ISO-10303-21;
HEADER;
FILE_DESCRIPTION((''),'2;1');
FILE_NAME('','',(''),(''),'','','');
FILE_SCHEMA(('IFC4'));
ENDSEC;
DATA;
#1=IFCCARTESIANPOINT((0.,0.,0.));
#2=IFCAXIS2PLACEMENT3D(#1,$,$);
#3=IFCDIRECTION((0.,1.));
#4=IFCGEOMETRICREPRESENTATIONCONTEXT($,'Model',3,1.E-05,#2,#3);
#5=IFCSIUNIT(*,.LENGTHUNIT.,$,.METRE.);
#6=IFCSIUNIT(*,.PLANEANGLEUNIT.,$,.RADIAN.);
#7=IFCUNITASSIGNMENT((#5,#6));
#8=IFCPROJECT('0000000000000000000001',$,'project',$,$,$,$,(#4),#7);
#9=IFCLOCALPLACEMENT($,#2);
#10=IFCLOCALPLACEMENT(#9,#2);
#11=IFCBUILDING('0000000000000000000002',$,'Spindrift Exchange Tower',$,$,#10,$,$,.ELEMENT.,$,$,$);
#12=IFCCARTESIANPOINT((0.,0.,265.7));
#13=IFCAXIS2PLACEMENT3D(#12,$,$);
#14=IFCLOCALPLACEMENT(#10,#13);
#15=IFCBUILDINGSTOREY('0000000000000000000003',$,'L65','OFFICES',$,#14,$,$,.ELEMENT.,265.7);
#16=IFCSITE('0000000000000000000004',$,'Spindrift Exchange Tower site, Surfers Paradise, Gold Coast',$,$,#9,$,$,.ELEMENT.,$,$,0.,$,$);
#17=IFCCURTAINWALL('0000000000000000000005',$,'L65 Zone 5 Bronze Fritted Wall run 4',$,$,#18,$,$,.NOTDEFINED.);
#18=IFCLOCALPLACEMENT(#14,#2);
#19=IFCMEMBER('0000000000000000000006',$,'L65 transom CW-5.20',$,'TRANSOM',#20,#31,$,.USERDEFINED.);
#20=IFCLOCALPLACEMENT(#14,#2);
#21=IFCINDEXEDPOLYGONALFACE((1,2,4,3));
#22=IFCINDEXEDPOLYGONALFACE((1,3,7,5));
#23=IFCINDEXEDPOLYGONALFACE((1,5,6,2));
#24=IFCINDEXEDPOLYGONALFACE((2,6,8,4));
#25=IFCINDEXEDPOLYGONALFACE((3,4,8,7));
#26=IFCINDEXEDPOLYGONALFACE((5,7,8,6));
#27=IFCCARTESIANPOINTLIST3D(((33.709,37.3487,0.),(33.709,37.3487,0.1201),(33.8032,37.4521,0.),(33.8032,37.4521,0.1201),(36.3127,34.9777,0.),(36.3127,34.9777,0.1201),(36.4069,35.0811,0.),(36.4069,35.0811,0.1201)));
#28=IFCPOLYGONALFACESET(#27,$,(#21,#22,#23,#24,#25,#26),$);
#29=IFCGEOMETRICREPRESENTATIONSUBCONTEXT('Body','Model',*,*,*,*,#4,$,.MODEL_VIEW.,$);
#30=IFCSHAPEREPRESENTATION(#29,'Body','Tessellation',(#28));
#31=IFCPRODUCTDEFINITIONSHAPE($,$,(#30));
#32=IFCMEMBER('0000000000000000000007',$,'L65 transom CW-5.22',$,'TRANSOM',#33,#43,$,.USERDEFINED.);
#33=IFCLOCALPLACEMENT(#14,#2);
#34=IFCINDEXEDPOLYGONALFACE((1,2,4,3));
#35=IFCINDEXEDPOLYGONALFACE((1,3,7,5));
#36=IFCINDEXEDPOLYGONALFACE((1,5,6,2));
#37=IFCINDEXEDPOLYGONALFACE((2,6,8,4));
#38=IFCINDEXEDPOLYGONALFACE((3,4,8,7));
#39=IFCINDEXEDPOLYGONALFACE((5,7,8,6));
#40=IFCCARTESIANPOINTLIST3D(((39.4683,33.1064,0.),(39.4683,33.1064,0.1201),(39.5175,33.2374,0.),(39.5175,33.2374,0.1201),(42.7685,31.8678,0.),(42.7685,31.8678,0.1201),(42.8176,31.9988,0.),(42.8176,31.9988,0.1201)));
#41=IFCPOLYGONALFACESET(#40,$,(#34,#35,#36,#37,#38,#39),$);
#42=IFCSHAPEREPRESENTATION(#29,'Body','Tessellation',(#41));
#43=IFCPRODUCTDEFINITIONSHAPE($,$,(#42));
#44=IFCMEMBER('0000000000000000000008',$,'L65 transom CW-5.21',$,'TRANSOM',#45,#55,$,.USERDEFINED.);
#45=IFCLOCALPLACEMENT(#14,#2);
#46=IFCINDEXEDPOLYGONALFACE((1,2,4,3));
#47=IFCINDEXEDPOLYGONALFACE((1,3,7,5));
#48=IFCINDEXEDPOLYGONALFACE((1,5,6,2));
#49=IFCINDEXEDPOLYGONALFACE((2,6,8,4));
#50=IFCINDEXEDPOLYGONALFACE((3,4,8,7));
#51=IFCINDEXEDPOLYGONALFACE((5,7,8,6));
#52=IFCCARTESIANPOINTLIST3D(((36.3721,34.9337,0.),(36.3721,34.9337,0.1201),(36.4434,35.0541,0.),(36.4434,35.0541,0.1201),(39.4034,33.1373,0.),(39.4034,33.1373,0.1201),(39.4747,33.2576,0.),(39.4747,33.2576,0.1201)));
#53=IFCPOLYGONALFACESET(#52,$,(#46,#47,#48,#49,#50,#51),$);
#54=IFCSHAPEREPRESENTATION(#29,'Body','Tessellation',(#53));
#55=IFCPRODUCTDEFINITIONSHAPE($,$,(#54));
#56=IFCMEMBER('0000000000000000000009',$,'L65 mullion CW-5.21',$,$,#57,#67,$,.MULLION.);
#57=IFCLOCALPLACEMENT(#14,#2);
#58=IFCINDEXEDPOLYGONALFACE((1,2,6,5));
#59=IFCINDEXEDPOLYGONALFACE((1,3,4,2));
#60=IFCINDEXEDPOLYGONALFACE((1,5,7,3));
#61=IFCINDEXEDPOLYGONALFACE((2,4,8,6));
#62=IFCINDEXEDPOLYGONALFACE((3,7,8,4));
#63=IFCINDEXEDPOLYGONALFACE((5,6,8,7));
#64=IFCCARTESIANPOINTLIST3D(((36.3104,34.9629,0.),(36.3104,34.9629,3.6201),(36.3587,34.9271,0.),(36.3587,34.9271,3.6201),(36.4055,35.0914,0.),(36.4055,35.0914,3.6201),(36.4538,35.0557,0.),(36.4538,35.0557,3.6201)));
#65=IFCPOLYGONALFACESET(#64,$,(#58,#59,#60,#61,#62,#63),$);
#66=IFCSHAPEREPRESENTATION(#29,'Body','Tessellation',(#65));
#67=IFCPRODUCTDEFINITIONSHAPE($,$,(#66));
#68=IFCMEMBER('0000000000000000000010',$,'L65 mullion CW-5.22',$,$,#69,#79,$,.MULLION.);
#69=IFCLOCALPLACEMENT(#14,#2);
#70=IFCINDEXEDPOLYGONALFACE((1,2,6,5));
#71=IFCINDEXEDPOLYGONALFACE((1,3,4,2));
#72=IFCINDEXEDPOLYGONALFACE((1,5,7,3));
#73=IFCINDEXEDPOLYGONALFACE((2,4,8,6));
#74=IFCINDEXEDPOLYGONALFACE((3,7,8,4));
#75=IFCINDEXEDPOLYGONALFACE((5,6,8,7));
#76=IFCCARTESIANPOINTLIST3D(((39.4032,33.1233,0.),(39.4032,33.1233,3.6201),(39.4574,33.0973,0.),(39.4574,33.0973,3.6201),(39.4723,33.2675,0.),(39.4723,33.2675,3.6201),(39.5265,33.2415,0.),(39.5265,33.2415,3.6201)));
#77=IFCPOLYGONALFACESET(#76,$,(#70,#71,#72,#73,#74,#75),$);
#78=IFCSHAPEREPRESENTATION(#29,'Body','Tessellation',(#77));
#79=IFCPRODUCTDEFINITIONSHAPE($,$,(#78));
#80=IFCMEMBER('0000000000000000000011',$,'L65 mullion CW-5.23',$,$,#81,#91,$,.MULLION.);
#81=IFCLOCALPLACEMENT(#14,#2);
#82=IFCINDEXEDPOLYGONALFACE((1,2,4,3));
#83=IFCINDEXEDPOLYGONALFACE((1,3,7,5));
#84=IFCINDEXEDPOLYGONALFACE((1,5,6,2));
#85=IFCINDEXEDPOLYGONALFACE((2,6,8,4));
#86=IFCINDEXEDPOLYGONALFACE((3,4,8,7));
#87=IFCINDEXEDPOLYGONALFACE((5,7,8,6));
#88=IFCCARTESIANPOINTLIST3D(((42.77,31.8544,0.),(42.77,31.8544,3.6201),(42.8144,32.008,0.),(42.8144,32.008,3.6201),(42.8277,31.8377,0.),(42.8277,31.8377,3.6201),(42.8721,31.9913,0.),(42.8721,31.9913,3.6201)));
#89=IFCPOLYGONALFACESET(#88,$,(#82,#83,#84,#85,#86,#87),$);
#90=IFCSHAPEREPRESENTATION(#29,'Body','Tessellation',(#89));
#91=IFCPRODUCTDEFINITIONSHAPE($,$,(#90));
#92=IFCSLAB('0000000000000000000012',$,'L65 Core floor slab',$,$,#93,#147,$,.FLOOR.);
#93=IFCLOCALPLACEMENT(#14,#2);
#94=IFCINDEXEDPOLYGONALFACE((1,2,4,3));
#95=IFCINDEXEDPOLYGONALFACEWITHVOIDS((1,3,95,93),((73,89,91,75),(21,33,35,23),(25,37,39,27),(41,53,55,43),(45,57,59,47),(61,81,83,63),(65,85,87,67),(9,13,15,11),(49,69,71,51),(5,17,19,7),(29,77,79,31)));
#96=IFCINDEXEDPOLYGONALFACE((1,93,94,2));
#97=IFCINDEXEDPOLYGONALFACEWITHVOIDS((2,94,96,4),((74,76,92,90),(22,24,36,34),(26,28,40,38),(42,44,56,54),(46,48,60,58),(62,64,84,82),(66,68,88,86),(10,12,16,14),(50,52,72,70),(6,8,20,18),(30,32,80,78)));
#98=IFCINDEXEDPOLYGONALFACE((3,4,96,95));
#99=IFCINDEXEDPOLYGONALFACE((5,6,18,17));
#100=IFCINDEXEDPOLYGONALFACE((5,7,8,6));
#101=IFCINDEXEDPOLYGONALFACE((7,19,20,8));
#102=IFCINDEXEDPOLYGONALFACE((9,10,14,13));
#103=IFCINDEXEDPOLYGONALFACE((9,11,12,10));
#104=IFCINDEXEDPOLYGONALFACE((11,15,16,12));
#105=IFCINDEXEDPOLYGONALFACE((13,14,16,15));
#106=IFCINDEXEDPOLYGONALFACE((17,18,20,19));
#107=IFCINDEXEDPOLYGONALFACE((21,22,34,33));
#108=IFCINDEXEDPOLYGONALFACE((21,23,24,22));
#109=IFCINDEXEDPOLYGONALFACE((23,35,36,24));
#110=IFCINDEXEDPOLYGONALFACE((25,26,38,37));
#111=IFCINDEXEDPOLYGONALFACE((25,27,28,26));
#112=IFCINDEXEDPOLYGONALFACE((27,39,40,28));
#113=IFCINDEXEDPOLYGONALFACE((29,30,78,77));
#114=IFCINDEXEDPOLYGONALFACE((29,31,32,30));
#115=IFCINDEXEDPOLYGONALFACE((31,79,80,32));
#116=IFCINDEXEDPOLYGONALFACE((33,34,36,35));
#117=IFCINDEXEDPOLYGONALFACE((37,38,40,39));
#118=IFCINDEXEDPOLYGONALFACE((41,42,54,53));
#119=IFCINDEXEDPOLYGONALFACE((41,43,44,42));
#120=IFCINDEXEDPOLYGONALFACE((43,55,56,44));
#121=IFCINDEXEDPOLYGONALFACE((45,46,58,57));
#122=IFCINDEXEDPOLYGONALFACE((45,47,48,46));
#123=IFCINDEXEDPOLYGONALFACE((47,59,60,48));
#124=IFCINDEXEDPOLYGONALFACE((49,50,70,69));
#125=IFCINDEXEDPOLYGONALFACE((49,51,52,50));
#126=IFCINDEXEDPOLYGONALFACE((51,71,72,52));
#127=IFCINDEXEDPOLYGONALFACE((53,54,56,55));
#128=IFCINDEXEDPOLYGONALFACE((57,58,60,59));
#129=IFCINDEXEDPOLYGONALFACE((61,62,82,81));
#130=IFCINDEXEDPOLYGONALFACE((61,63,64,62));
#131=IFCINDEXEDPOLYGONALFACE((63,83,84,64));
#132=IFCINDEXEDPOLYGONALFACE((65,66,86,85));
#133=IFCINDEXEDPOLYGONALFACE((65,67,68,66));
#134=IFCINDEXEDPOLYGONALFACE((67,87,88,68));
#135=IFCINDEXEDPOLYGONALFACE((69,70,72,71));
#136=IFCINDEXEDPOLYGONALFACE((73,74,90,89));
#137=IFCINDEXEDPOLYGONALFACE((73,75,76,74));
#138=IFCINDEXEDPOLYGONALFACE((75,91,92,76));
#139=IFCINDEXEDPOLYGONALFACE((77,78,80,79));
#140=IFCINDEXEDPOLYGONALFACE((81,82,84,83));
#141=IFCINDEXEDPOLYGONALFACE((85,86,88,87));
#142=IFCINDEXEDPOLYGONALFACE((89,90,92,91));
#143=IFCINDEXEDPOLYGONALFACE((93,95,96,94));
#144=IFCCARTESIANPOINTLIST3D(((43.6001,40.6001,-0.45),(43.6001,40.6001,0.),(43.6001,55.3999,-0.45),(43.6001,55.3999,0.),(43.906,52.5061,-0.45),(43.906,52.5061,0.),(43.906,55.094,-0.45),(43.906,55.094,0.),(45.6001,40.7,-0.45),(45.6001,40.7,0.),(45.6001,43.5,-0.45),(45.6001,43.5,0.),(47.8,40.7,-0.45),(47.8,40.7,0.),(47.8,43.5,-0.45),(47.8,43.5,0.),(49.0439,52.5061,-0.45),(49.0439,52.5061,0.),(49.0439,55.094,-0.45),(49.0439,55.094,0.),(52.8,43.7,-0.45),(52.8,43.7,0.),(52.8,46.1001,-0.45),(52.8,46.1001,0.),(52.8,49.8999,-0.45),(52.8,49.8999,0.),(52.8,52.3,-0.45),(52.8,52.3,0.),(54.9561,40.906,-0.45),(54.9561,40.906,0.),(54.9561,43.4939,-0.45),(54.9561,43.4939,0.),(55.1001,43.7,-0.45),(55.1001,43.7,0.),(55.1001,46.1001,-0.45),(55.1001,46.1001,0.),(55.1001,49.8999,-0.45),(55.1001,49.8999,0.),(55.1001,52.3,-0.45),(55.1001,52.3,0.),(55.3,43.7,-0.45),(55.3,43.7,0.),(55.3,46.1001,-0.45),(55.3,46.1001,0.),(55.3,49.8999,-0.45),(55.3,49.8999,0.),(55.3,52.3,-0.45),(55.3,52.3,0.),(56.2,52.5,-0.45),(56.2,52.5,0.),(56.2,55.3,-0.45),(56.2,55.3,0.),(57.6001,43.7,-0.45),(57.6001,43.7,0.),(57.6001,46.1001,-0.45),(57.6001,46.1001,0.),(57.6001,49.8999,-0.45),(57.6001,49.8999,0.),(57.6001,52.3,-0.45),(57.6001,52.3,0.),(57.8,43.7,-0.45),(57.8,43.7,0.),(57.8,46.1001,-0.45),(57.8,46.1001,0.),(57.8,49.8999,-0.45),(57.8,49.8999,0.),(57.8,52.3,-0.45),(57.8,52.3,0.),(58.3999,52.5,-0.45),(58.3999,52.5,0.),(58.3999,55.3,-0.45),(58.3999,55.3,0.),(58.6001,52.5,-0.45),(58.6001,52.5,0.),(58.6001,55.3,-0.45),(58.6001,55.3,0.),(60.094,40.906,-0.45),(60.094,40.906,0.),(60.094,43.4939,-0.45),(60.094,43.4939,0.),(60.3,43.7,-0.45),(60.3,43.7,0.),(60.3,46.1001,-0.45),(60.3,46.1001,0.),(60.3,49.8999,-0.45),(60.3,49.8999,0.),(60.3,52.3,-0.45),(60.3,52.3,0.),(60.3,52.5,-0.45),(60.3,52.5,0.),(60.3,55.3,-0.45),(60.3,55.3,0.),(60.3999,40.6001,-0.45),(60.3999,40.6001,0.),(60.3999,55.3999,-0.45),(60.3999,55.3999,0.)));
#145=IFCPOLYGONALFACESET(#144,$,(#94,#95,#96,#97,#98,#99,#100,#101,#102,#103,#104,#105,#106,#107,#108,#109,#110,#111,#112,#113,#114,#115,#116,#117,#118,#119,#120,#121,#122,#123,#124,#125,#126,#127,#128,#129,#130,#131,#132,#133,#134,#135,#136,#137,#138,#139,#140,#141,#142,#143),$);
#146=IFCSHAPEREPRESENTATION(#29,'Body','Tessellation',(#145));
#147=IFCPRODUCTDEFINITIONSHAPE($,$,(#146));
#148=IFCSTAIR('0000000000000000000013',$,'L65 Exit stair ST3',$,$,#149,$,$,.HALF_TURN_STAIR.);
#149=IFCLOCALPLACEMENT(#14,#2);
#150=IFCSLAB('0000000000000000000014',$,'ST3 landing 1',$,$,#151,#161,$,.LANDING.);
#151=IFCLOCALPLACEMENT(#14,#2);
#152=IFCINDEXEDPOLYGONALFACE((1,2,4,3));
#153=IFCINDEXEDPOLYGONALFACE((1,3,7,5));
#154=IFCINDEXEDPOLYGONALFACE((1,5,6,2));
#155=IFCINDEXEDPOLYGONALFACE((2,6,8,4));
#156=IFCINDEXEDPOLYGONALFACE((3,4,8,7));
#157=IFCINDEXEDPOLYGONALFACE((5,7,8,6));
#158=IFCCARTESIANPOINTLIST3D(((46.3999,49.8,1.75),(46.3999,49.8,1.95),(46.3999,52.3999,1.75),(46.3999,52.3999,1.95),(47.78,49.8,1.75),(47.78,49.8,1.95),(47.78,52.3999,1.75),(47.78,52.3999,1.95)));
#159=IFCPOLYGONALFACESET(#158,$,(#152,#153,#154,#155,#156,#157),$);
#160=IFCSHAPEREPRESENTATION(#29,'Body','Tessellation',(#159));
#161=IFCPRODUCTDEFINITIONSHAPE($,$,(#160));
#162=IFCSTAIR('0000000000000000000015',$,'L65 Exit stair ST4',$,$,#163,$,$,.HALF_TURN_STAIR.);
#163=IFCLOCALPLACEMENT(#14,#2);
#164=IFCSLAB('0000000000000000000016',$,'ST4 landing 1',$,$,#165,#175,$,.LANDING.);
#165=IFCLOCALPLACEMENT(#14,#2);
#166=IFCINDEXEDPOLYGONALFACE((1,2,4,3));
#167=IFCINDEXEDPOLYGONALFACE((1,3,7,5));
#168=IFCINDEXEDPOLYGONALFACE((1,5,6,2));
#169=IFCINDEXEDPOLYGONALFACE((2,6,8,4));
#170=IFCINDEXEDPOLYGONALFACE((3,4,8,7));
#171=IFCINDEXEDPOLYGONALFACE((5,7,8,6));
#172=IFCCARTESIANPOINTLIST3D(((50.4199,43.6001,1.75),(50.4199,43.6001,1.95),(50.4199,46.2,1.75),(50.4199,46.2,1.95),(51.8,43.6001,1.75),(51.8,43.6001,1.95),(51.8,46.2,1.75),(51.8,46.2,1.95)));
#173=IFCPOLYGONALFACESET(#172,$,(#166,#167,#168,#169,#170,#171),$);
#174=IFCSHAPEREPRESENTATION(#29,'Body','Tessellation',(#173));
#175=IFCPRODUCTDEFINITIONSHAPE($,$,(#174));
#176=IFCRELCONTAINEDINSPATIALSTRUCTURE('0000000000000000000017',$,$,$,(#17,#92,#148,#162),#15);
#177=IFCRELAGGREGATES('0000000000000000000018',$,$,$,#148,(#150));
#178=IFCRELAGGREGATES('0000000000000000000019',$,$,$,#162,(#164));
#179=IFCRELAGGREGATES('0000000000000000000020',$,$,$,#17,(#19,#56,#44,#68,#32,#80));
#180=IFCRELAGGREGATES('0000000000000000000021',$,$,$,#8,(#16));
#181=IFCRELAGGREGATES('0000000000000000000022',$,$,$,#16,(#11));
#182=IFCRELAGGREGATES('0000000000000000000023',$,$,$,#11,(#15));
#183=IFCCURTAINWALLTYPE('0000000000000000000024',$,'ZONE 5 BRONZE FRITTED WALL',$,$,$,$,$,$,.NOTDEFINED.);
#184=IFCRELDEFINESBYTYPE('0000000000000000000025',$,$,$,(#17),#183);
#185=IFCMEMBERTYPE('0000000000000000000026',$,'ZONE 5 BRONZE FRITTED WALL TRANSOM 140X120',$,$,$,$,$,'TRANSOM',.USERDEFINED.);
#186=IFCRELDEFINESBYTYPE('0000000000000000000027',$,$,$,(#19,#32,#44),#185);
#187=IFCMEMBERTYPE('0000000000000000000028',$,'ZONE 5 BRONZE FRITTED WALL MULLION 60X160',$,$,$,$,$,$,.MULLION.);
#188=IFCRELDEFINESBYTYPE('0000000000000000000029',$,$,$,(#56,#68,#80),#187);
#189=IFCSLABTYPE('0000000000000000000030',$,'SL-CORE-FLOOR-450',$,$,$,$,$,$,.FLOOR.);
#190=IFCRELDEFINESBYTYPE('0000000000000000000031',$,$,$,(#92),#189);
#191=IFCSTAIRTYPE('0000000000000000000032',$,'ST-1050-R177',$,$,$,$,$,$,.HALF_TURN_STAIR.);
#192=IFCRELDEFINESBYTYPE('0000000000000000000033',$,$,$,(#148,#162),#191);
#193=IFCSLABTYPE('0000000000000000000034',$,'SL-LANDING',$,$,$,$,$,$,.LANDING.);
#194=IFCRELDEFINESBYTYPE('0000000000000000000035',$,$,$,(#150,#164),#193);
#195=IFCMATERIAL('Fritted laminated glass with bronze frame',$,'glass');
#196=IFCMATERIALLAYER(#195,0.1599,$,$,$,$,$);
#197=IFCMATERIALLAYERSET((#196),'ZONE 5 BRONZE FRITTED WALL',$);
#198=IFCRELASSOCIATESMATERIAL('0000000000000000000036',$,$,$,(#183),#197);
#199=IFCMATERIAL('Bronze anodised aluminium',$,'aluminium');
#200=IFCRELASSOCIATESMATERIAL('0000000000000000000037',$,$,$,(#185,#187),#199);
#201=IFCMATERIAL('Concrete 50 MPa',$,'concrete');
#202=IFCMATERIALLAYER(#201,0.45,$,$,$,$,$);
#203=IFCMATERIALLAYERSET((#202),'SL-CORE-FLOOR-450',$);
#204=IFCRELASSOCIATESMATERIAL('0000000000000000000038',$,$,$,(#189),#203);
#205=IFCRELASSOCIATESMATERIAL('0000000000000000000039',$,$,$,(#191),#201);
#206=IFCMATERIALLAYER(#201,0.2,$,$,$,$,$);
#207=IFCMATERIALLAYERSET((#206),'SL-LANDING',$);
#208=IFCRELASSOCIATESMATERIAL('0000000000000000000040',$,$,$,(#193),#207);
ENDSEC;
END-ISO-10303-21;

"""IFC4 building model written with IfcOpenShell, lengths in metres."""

from ifc_helpers import new_model, si_unit, direction, frame, origin, origin_2d, place, context, subcontext, project, spatial, line, indexed_curve, rectangle, outline, extrude, source, transform, mapped, material, layer, layer_set, material_profile, profile_set, type_object, element, aggregate, save


model = new_model("IFC4")

# Units and contexts
model_context = context("Model", 3, precision=1e-05, world=origin(), true_north=direction((0.0, 1.0)))
body_context = subcontext(model_context, "Body", "Model", "MODEL_VIEW")
ifc_project = project(units=[si_unit("LENGTHUNIT", "METRE"), si_unit("PLANEANGLEUNIT", "RADIAN")], contexts=[model_context])

# Site, building, storey
site_placement = place(None, origin())
site = spatial("IfcSite", under=ifc_project, at=site_placement, Name="Spindrift Exchange Tower site, Surfers Paradise, Gold Coast", CompositionType="ELEMENT", RefElevation=0.0)
building_placement = place(site_placement, origin())
building = spatial("IfcBuilding", under=site, at=building_placement, Name="Spindrift Exchange Tower", CompositionType="ELEMENT")
storey_placement = place(building_placement, frame((0.0, 0.0, 265.7)))
storey = spatial("IfcBuildingStorey", under=building, at=storey_placement, Name="L65", Description="OFFICES", CompositionType="ELEMENT", Elevation=265.7)

# Curtain wall, members
ifc_material_1 = material(Name="Fritted laminated glass with bronze frame", Category="glass")
ifc_layer_1 = layer(ifc_material_1, 0.1599)
ifc_layer_set_1 = layer_set([ifc_layer_1], Name="ZONE 5 BRONZE FRITTED WALL")
curtain_wall_type = type_object("IfcCurtainWallType", Name="ZONE 5 BRONZE FRITTED WALL", PredefinedType="NOTDEFINED", material=ifc_layer_set_1)
curtain_wall_placement = place(storey_placement, origin())
curtain_wall = element("IfcCurtainWall", 1, at=curtain_wall_placement, inside=storey, type_object=curtain_wall_type, Name="L65 Zone 5 Bronze Fritted Wall run 4", PredefinedType="NOTDEFINED")
ifc_material_2 = material(Name="Bronze anodised aluminium", Category="aluminium")
ifc_material_profile_1 = material_profile(ifc_material_2, rectangle(XDim=0.1399, YDim=0.1201, at=origin_2d()), Name="ZONE 5 BRONZE FRITTED WALL TRANSOM 140X120")
ifc_profile_set_1 = profile_set([ifc_material_profile_1], Name="Bronze anodised aluminium")
member_type_1 = type_object("IfcMemberType", Name="ZONE 5 BRONZE FRITTED WALL TRANSOM 140X120", ElementType="TRANSOM", PredefinedType="USERDEFINED", material=ifc_profile_set_1)
shared_shape_1 = source(origin(), body_context, "Body", "SweptSolid", [
    extrude(rectangle(XDim=0.1399, YDim=0.1201, at=origin_2d()), origin(), (0.0, 0.0, 1.0), 3.5215),
])
member_1_placement = place(storey_placement, frame((33.7561, 37.4004, 0.0601), z_axis=(0.739369, -0.673301, 0.0), x_axis=(0.673301, 0.739369, 0.0)))
member_1 = element("IfcMember", 2, at=member_1_placement, type_object=member_type_1, Name="L65 transom CW-5.20", ObjectType="TRANSOM", PredefinedType="USERDEFINED", context=body_context, shape_type="MappedRepresentation", body=[
    mapped(shared_shape_1, transform((0.0, 0.0, 0.0), scale=1.0)),
])
shared_shape_2 = source(origin(), body_context, "Body", "SweptSolid", [
    extrude(rectangle(XDim=0.1399, YDim=0.1201, at=origin_2d()), origin(), (0.0, 0.0, 1.0), 3.5249),
])
member_2_placement = place(storey_placement, frame((39.4929, 33.1719, 0.0601), z_axis=(0.936235, -0.351374, 0.0), x_axis=(0.351374, 0.936235, 0.0)))
member_2 = element("IfcMember", 3, at=member_2_placement, type_object=member_type_1, Name="L65 transom CW-5.22", ObjectType="TRANSOM", PredefinedType="USERDEFINED", context=body_context, shape_type="MappedRepresentation", body=[
    mapped(shared_shape_2, transform((0.0, 0.0, 0.0), scale=1.0)),
])
shared_shape_3 = source(origin(), body_context, "Body", "SweptSolid", [
    extrude(rectangle(XDim=0.1399, YDim=0.1201, at=origin_2d()), origin(), (0.0, 0.0, 1.0), 3.5237),
])
member_3_placement = place(storey_placement, frame((36.4077, 34.9939, 0.0601), z_axis=(0.86028, -0.509821, 0.0), x_axis=(0.509821, 0.86028, 0.0)))
member_3 = element("IfcMember", 4, at=member_3_placement, type_object=member_type_1, Name="L65 transom CW-5.21", ObjectType="TRANSOM", PredefinedType="USERDEFINED", context=body_context, shape_type="MappedRepresentation", body=[
    mapped(shared_shape_3, transform((0.0, 0.0, 0.0), scale=1.0)),
])
ifc_material_profile_2 = material_profile(ifc_material_2, rectangle(XDim=0.0601, YDim=0.1599, at=origin_2d()), Name="ZONE 5 BRONZE FRITTED WALL MULLION 60X160")
ifc_profile_set_2 = profile_set([ifc_material_profile_2], Name="Bronze anodised aluminium")
member_type_2 = type_object("IfcMemberType", Name="ZONE 5 BRONZE FRITTED WALL MULLION 60X160", PredefinedType="MULLION", material=ifc_profile_set_2)
shared_shape_4 = source(origin(), body_context, "Body", "SweptSolid", [
    extrude(rectangle(XDim=0.0601, YDim=0.1599, at=origin_2d()), origin(), (0.0, 0.0, 1.0), 3.6201),
])
member_4_placement = place(storey_placement, frame((36.3821, 35.0093, 0.0), z_axis=(0.0, 0.0, 1.0), x_axis=(0.803986, -0.594649, 0.0)))
member_4 = element("IfcMember", 5, at=member_4_placement, type_object=member_type_2, Name="L65 mullion CW-5.21", PredefinedType="MULLION", context=body_context, shape_type="MappedRepresentation", body=[
    mapped(shared_shape_4, transform((0.0, 0.0, 0.0), scale=1.0)),
])
member_5_placement = place(storey_placement, frame((39.4648, 33.1824, 0.0), z_axis=(0.0, 0.0, 1.0), x_axis=(0.901758, -0.432242, 0.0)))
member_5 = element("IfcMember", 6, at=member_5_placement, type_object=member_type_2, Name="L65 mullion CW-5.22", PredefinedType="MULLION", context=body_context, shape_type="MappedRepresentation", body=[
    mapped(shared_shape_4, transform((0.0, 0.0, 0.0), scale=1.0)),
])
member_6_placement = place(storey_placement, frame((42.821, 31.9229, 0.0), z_axis=(0.0, 0.0, 1.0), x_axis=(0.960637, -0.277808, 0.0)))
member_6 = element("IfcMember", 7, at=member_6_placement, type_object=member_type_2, Name="L65 mullion CW-5.23", PredefinedType="MULLION", context=body_context, shape_type="MappedRepresentation", body=[
    mapped(shared_shape_4, transform((0.0, 0.0, 0.0), scale=1.0)),
])

# Slab
ifc_material_3 = material(Name="Concrete 50 MPa", Category="concrete")
ifc_layer_2 = layer(ifc_material_3, 0.45)
ifc_layer_set_2 = layer_set([ifc_layer_2], Name="SL-CORE-FLOOR-450")
slab_type_1 = type_object("IfcSlabType", Name="SL-CORE-FLOOR-450", PredefinedType="FLOOR", material=ifc_layer_set_2)
slab_1_placement = place(storey_placement, frame((0.0, 0.0, -0.45)))
element("IfcSlab", 8, at=slab_1_placement, inside=storey, type_object=slab_type_1, Name="L65 Core floor slab", PredefinedType="FLOOR", context=body_context, shape_type="SweptSolid", body=[
    extrude(outline(indexed_curve([(43.6001, 40.6001), (43.6001, 55.3999), (60.3999, 55.3999), (60.3999, 40.6001)], segments=[line(1, 2, 3, 4, 1)], self_intersect=False), holes=[indexed_curve([(45.6001, 43.5), (45.6001, 40.7), (47.8, 40.7), (47.8, 43.5)], segments=[line(1, 2, 3, 4, 1)], self_intersect=False), indexed_curve([(52.8, 46.1001), (52.8, 43.7), (55.1001, 43.7), (55.1001, 46.1001)], segments=[line(1, 2, 3, 4, 1)], self_intersect=False), indexed_curve([(55.3, 46.1001), (55.3, 43.7), (57.6001, 43.7), (57.6001, 46.1001)], segments=[line(1, 2, 3, 4, 1)], self_intersect=False), indexed_curve([(55.1001, 52.3), (52.8, 52.3), (52.8, 49.8999), (55.1001, 49.8999)], segments=[line(1, 2, 3, 4, 1)], self_intersect=False), indexed_curve([(57.6001, 52.3), (55.3, 52.3), (55.3, 49.8999), (57.6001, 49.8999)], segments=[line(1, 2, 3, 4, 1)], self_intersect=False), indexed_curve([(43.906, 52.5061), (49.0439, 52.5061), (49.0439, 55.094), (43.906, 55.094)], segments=[line(1, 2, 3, 4, 1)], self_intersect=False), indexed_curve([(60.094, 40.906), (60.094, 43.4939), (54.9561, 43.4939), (54.9561, 40.906)], segments=[line(1, 2, 3, 4, 1)], self_intersect=False), indexed_curve([(60.3, 46.1001), (57.8, 46.1001), (57.8, 43.7), (60.3, 43.7)], segments=[line(1, 2, 3, 4, 1)], self_intersect=False), indexed_curve([(57.8, 52.3), (57.8, 49.8999), (60.3, 49.8999), (60.3, 52.3)], segments=[line(1, 2, 3, 4, 1)], self_intersect=False), indexed_curve([(58.3999, 55.3), (56.2, 55.3), (56.2, 52.5), (58.3999, 52.5)], segments=[line(1, 2, 3, 4, 1)], self_intersect=False), indexed_curve([(60.3, 55.3), (58.6001, 55.3), (58.6001, 52.5), (60.3, 52.5)], segments=[line(1, 2, 3, 4, 1)], self_intersect=False)]), origin(), (0.0, 0.0, 1.0), 0.45),
])

# Stairs, slabs
stair_type = type_object("IfcStairType", Name="ST-1050-R177", PredefinedType="HALF_TURN_STAIR", material=ifc_material_3)
stair_1_placement = place(storey_placement, origin())
stair_1 = element("IfcStair", 9, at=stair_1_placement, inside=storey, type_object=stair_type, Name="L65 Exit stair ST3", PredefinedType="HALF_TURN_STAIR")
ifc_layer_3 = layer(ifc_material_3, 0.2)
ifc_layer_set_3 = layer_set([ifc_layer_3], Name="SL-LANDING")
slab_type_2 = type_object("IfcSlabType", Name="SL-LANDING", PredefinedType="LANDING", material=ifc_layer_set_3)
slab_2_placement = place(storey_placement, frame((0.0, 0.0, 1.75)))
slab_2 = element("IfcSlab", 10, at=slab_2_placement, type_object=slab_type_2, Name="ST3 landing 1", PredefinedType="LANDING", context=body_context, shape_type="SweptSolid", body=[
    extrude(outline(indexed_curve([(47.78, 49.8), (46.3999, 49.8), (46.3999, 52.3999), (47.78, 52.3999)], segments=[line(1, 2, 3, 4, 1)], self_intersect=False)), origin(), (0.0, 0.0, 1.0), 0.2),
])
aggregate(stair_1, [slab_2])
stair_2_placement = place(storey_placement, origin())
stair_2 = element("IfcStair", 11, at=stair_2_placement, inside=storey, type_object=stair_type, Name="L65 Exit stair ST4", PredefinedType="HALF_TURN_STAIR")
slab_3_placement = place(storey_placement, frame((0.0, 0.0, 1.75)))
slab_3 = element("IfcSlab", 12, at=slab_3_placement, type_object=slab_type_2, Name="ST4 landing 1", PredefinedType="LANDING", context=body_context, shape_type="SweptSolid", body=[
    extrude(outline(indexed_curve([(50.4199, 46.2), (51.8, 46.2), (51.8, 43.6001), (50.4199, 43.6001)], segments=[line(1, 2, 3, 4, 1)], self_intersect=False)), origin(), (0.0, 0.0, 1.0), 0.2),
])
aggregate(stair_2, [slab_3])

aggregate(curtain_wall, [member_1, member_4, member_3, member_5, member_2, member_6])

save(model, "model.ifc")
